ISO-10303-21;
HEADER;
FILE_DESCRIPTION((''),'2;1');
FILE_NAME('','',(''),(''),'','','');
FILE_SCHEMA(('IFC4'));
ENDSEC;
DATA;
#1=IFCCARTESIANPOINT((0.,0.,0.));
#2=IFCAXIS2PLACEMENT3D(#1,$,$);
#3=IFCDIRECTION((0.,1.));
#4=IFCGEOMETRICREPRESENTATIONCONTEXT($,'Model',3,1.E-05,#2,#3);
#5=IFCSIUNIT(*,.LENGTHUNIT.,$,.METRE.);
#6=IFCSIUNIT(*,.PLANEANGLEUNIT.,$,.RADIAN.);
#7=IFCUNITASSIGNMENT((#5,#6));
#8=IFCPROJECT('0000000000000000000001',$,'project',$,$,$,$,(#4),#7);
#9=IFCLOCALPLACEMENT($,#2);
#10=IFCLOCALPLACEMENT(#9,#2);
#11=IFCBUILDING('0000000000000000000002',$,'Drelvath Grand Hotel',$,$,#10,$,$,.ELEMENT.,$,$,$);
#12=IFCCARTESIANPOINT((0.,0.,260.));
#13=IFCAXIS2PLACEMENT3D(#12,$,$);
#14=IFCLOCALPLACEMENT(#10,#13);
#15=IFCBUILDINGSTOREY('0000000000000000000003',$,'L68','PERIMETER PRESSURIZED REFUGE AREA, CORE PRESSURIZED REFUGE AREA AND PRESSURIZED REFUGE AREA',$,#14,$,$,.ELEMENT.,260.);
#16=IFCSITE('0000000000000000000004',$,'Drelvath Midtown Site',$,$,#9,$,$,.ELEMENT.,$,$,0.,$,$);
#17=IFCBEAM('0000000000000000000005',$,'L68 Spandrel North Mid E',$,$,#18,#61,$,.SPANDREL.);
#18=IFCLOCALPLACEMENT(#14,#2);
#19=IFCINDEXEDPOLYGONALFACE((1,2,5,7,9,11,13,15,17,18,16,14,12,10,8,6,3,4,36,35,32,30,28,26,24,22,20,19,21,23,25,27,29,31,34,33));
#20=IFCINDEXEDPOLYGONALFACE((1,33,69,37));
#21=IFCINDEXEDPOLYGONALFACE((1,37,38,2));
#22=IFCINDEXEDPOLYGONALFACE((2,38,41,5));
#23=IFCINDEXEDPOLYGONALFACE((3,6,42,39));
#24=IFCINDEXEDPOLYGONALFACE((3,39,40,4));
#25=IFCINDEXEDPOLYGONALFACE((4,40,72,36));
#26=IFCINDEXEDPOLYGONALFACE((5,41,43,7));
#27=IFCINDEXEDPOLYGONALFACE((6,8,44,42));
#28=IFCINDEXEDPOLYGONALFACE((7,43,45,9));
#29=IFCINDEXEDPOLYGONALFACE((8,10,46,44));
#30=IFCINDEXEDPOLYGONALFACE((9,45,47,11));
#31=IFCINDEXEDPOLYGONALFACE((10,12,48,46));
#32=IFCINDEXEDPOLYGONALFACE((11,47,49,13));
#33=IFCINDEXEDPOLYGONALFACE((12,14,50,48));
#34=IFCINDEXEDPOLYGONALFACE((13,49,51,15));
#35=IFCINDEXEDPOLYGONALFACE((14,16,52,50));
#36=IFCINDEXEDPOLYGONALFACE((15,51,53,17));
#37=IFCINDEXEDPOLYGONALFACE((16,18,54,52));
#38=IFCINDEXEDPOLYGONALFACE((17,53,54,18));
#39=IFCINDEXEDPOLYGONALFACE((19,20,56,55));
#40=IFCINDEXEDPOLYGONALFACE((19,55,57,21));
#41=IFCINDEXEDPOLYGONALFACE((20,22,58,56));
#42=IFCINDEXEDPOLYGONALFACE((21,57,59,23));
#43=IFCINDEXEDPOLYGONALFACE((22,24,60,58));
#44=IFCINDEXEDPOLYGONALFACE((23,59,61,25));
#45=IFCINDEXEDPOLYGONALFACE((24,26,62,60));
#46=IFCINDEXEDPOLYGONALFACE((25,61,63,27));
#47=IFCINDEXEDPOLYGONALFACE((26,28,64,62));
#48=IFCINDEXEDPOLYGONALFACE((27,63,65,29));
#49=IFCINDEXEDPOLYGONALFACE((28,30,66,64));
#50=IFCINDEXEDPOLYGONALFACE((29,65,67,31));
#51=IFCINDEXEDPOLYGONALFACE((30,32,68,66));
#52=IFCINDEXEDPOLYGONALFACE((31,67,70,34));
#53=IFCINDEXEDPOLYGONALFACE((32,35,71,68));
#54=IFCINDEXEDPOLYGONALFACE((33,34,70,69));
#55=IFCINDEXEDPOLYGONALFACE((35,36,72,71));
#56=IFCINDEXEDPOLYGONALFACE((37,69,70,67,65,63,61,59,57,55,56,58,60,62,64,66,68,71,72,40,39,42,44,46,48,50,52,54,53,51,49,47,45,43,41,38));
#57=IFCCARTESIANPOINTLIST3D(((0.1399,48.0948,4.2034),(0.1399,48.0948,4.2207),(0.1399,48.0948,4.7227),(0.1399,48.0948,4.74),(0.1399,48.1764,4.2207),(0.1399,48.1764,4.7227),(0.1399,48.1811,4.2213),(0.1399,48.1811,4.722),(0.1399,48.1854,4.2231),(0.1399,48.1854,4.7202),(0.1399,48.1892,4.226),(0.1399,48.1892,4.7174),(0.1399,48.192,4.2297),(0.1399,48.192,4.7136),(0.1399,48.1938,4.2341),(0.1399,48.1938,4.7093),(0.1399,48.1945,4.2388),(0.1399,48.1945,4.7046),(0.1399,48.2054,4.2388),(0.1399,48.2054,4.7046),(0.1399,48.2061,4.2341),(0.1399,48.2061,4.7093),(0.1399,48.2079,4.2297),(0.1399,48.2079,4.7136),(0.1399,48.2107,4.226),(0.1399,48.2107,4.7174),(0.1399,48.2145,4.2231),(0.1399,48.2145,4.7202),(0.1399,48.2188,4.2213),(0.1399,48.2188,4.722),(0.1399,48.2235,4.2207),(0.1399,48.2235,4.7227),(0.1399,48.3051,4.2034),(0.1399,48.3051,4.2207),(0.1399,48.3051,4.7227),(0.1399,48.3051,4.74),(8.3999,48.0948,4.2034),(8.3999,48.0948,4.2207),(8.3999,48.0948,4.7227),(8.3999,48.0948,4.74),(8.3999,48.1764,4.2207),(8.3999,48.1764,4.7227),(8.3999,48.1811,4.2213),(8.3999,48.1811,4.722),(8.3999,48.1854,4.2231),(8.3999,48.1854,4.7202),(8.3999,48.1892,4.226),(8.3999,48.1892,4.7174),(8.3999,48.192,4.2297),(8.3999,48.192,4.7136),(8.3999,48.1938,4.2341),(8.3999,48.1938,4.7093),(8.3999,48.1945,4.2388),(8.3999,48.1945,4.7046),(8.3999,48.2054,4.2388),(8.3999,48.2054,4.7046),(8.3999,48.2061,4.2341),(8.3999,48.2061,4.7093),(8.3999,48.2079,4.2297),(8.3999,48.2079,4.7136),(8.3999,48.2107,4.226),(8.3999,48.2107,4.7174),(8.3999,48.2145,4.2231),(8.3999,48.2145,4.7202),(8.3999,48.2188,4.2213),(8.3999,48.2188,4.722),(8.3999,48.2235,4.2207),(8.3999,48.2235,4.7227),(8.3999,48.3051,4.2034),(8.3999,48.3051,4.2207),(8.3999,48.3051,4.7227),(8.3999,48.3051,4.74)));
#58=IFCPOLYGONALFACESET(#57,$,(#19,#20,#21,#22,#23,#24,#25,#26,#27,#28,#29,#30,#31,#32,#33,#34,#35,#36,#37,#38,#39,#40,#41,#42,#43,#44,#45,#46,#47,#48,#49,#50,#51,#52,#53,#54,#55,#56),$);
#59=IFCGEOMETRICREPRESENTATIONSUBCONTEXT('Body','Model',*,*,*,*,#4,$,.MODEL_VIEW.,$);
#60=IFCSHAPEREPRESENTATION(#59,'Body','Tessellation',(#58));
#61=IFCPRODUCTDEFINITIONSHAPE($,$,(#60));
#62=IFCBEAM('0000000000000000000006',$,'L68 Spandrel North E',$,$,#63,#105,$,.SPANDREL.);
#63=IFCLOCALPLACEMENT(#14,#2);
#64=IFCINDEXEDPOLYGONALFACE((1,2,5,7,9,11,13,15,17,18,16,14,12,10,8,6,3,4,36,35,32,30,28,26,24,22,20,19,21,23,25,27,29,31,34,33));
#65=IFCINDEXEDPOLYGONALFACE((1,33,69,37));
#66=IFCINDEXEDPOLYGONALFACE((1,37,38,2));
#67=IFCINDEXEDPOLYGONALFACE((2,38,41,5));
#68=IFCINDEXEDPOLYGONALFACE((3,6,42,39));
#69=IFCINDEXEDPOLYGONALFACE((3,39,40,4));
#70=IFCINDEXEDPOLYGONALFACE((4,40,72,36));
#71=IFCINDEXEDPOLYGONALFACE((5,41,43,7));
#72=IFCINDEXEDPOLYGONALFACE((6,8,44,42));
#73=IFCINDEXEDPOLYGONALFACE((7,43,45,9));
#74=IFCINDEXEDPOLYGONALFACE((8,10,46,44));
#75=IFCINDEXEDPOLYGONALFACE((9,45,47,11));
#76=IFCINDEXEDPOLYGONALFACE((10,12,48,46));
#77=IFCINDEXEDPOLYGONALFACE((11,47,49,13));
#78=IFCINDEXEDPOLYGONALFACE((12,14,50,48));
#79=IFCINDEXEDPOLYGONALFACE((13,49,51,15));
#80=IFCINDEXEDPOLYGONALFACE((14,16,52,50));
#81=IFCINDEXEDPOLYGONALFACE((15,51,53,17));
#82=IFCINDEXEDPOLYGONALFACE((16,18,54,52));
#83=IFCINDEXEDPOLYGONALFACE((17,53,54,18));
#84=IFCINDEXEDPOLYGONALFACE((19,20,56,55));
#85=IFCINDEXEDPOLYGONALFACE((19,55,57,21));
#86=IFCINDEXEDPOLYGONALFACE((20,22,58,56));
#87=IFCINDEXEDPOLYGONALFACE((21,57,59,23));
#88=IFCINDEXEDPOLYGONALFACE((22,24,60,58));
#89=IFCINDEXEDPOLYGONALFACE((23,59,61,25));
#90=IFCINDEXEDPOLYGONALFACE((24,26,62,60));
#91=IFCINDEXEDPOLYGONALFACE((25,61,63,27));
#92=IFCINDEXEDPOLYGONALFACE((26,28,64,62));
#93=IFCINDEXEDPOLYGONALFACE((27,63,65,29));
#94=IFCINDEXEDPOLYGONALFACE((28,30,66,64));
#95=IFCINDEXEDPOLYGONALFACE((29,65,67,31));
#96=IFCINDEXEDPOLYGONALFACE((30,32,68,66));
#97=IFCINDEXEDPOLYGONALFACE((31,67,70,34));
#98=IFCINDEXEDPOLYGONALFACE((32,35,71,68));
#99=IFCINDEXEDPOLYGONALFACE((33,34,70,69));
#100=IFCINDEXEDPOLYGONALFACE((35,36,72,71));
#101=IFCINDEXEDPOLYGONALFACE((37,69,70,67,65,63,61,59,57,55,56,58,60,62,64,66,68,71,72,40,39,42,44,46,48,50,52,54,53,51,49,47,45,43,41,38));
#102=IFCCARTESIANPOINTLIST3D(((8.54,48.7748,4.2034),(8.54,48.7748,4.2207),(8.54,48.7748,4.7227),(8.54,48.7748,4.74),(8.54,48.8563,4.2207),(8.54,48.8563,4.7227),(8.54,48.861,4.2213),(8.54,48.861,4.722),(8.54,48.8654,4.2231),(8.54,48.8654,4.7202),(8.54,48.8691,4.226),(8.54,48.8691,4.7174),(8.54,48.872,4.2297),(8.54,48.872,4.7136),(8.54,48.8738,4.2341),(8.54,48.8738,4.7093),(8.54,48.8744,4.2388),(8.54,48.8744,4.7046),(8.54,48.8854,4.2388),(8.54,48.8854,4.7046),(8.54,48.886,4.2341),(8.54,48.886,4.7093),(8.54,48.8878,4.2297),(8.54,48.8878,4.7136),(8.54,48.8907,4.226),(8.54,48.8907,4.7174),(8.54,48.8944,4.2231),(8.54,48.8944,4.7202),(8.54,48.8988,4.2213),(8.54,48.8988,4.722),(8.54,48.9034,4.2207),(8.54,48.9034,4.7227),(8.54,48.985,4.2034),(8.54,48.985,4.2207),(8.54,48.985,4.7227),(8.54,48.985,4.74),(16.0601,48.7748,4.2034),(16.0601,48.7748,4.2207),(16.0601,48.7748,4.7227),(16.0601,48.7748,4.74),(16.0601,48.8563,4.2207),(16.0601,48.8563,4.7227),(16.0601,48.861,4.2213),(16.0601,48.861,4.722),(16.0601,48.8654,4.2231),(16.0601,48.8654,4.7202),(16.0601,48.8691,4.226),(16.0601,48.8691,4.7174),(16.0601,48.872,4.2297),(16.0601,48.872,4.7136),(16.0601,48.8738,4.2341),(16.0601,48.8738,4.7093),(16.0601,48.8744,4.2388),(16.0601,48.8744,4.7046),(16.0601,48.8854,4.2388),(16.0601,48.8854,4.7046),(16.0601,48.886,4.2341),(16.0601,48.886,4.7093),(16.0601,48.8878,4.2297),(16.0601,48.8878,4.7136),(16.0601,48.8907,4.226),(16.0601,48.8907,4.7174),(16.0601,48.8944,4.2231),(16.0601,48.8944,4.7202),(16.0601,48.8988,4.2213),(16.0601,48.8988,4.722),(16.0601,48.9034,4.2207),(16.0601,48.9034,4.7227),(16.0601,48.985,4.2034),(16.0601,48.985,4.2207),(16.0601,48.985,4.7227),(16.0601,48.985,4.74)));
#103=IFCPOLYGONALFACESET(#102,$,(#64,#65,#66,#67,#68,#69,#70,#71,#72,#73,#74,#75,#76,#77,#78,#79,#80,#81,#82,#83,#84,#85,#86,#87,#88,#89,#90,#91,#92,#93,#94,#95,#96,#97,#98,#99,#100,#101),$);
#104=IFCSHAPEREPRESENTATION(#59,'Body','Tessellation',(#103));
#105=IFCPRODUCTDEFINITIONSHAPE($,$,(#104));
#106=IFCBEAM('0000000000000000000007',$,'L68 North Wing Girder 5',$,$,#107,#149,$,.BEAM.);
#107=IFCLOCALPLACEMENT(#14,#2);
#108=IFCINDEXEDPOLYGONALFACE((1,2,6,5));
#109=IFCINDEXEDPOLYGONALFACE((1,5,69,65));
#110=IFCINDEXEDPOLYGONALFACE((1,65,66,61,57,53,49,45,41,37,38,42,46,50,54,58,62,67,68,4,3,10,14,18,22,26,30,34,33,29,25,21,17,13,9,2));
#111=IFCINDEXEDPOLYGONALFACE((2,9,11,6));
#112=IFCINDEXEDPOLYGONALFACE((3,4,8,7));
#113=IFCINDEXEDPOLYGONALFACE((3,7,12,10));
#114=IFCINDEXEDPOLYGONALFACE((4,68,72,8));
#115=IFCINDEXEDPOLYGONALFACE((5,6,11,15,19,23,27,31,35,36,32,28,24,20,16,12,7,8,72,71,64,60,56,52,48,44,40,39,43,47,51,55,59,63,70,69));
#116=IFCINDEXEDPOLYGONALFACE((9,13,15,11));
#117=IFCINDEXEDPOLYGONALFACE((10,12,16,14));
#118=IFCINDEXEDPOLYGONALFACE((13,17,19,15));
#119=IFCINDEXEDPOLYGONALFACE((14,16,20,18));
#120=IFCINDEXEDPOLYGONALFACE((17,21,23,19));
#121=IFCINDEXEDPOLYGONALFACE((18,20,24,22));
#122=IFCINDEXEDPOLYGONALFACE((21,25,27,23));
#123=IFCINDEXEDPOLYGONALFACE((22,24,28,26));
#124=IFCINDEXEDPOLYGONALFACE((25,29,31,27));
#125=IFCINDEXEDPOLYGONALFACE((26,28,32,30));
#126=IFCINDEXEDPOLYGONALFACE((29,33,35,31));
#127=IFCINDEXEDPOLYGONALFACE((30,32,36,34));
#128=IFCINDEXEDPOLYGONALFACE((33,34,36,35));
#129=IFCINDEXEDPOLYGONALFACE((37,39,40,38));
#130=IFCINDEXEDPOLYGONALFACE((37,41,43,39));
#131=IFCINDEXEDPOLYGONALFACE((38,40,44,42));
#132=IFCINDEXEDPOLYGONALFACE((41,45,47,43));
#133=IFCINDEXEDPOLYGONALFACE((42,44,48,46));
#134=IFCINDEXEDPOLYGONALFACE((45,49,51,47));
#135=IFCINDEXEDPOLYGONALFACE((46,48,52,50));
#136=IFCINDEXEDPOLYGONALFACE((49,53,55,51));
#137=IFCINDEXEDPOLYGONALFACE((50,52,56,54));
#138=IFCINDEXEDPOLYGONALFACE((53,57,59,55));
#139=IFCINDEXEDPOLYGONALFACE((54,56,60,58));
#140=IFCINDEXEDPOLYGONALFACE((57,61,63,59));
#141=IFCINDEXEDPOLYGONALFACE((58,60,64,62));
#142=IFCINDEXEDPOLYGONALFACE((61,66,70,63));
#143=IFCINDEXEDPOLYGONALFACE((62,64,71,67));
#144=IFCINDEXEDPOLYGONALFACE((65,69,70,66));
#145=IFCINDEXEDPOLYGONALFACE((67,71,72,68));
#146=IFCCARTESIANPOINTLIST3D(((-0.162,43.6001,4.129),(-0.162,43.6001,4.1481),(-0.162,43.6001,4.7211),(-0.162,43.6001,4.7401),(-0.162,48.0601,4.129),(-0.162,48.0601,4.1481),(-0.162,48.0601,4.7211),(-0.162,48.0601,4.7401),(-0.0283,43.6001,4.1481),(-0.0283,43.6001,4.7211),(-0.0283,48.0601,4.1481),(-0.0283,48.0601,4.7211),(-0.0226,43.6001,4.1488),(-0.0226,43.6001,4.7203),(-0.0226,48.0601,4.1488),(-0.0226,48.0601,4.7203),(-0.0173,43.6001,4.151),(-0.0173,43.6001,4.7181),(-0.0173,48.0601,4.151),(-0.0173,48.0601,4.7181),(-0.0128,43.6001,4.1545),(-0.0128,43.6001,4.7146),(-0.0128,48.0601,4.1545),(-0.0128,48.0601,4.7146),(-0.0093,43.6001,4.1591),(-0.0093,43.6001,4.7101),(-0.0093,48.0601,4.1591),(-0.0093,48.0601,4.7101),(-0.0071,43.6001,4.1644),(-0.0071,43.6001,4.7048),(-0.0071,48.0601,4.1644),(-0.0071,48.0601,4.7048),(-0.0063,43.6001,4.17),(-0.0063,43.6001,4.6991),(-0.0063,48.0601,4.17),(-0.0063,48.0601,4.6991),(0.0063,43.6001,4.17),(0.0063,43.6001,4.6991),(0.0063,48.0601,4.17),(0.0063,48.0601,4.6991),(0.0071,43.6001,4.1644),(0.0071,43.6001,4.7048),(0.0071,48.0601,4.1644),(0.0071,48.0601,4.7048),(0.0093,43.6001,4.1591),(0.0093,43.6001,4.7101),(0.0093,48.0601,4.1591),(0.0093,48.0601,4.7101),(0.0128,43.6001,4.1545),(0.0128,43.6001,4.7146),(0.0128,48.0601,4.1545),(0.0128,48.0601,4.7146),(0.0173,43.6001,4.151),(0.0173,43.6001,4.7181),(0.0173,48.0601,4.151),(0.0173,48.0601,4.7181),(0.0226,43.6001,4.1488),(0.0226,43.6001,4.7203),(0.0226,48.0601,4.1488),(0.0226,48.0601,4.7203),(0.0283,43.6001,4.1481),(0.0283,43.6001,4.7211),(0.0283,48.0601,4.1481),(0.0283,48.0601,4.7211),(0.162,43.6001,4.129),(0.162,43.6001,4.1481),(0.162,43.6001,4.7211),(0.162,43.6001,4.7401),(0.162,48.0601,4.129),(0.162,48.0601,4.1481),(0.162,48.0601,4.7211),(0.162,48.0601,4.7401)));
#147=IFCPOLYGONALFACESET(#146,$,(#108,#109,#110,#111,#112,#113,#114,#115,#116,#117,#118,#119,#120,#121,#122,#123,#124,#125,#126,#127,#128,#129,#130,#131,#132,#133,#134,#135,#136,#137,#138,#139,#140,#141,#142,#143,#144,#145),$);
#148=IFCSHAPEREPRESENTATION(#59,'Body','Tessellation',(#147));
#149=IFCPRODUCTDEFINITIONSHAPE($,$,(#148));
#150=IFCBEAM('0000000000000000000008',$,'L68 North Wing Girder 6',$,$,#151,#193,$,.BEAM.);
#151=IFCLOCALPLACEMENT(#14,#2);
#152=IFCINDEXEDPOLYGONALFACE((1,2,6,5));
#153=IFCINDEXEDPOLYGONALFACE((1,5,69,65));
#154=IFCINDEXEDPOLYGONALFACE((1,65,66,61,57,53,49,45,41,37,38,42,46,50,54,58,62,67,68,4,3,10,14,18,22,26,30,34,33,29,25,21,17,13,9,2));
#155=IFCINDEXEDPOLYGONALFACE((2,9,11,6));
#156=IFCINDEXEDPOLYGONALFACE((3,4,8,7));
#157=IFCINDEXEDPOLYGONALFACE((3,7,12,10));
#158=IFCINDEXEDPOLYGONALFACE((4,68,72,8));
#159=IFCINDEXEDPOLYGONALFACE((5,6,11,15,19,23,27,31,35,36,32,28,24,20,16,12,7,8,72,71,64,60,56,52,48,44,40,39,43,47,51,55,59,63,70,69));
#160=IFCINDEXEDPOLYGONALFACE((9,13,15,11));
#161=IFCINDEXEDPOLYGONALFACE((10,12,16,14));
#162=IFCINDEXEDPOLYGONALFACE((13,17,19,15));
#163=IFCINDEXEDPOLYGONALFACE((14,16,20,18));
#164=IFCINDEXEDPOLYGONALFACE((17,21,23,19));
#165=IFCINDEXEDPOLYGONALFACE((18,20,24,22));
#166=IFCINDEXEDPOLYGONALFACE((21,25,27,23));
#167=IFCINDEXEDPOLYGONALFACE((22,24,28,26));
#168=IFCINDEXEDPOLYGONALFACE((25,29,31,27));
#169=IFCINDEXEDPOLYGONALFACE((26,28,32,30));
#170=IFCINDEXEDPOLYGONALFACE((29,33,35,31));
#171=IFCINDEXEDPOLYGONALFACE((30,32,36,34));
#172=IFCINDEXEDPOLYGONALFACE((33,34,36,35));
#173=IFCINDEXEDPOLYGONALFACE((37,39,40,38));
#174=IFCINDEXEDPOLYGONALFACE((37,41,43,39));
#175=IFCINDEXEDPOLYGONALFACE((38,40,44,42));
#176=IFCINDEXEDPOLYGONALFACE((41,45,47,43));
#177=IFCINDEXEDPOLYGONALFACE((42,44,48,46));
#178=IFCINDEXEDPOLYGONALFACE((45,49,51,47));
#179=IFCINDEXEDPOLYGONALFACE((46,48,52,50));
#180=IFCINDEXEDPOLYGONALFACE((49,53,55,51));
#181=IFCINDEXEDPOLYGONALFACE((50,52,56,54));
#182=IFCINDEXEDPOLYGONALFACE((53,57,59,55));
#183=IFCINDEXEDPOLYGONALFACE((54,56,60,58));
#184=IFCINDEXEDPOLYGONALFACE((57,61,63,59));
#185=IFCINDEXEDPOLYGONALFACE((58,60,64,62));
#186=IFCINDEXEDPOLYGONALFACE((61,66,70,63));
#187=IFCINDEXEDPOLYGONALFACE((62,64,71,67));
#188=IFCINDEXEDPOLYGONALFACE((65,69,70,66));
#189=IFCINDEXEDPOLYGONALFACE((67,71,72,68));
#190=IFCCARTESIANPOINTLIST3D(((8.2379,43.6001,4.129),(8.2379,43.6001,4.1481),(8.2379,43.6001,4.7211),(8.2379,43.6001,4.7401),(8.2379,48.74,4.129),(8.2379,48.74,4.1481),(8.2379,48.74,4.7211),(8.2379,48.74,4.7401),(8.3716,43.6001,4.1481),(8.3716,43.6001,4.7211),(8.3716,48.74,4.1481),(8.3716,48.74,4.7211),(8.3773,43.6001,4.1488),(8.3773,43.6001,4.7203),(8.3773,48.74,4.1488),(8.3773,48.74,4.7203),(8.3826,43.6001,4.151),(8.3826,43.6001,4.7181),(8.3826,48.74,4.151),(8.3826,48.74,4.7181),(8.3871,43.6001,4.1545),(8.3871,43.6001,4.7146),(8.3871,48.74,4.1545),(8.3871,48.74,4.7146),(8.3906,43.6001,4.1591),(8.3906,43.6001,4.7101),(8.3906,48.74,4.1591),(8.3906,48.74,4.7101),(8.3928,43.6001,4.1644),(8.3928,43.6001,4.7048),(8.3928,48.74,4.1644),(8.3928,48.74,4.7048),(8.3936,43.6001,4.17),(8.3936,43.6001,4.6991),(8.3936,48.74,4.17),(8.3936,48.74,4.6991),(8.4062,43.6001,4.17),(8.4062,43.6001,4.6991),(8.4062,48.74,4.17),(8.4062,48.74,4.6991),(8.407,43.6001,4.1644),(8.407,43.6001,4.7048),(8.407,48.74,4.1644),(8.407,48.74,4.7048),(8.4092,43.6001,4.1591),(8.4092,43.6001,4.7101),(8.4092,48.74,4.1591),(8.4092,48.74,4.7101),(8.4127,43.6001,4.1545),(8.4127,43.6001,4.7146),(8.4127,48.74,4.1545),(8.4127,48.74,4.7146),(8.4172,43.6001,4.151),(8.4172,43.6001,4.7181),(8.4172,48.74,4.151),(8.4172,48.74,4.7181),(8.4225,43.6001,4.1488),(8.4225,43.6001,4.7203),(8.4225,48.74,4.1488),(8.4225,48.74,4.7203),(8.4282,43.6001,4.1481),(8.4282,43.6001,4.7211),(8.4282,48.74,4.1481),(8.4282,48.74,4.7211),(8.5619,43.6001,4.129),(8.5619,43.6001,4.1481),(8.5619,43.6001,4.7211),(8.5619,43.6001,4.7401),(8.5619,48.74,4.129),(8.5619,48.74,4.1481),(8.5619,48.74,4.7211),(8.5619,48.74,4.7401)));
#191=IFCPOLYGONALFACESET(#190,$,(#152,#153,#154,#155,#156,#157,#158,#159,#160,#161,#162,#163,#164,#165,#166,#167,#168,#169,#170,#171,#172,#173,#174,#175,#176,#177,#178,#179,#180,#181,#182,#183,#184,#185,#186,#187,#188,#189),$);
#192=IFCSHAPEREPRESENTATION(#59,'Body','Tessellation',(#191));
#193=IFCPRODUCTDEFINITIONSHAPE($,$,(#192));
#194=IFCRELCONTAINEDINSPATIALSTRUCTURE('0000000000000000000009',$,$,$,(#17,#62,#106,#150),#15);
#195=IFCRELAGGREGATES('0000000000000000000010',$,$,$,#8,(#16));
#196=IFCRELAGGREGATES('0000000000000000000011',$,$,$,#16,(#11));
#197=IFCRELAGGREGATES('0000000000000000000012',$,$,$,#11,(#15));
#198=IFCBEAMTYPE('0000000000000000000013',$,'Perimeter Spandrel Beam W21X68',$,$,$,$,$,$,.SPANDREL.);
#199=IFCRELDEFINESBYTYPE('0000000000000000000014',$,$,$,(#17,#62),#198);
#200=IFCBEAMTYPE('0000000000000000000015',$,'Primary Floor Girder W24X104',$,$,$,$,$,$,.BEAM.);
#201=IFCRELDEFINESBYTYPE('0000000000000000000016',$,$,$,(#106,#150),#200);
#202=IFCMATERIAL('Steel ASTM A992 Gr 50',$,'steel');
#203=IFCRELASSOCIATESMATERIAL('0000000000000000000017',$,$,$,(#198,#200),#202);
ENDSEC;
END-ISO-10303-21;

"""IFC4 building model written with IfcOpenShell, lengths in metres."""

from ifc_helpers import new_model, si_unit, direction, frame, origin, origin_2d, place, context, subcontext, project, spatial, i_section, extrude, material, material_profile, profile_set, type_object, element, save


model = new_model("IFC4")

# Units and contexts
model_context = context("Model", 3, precision=1e-05, world=origin(), true_north=direction((0.0, 1.0)))
body_context = subcontext(model_context, "Body", "Model", "MODEL_VIEW")
ifc_project = project(units=[si_unit("LENGTHUNIT", "METRE"), si_unit("PLANEANGLEUNIT", "RADIAN")], contexts=[model_context])

# Site, building, storey
site_placement = place(None, origin())
site = spatial("IfcSite", under=ifc_project, at=site_placement, Name="Drelvath Midtown Site", CompositionType="ELEMENT", RefElevation=0.0)
building_placement = place(site_placement, origin())
building = spatial("IfcBuilding", under=site, at=building_placement, Name="Drelvath Grand Hotel", CompositionType="ELEMENT")
storey_placement = place(building_placement, frame((0.0, 0.0, 260.0)))
storey = spatial("IfcBuildingStorey", under=building, at=storey_placement, Name="L68", Description="PERIMETER PRESSURIZED REFUGE AREA, CORE PRESSURIZED REFUGE AREA AND PRESSURIZED REFUGE AREA", CompositionType="ELEMENT", Elevation=260.0)

# Beams
ifc_material_1 = material(Name="Steel ASTM A992 Gr 50", Category="steel")
ifc_material_profile_1 = material_profile(ifc_material_1, i_section(OverallWidth=0.2102, OverallDepth=0.5366, WebThickness=0.011, FlangeThickness=0.0173, FilletRadius=0.0181, at=origin_2d()), Name="W21X68")
ifc_profile_set_1 = profile_set([ifc_material_profile_1], Name="Steel ASTM A992 Gr 50")
beam_type_1 = type_object("IfcBeamType", Name="Perimeter Spandrel Beam W21X68", PredefinedType="SPANDREL", material=ifc_profile_set_1)
beam_1_placement = place(storey_placement, frame((0.1399, 48.2, 4.4717), z_axis=(1.0, 0.0, 0.0), x_axis=(0.0, 1.0, 0.0)))
element("IfcBeam", 1, at=beam_1_placement, inside=storey, type_object=beam_type_1, Name="L68 Spandrel North Mid E", PredefinedType="SPANDREL", context=body_context, shape_type="SweptSolid", body=[
    extrude(i_section(OverallWidth=0.2102, OverallDepth=0.5366, WebThickness=0.011, FlangeThickness=0.0173, FilletRadius=0.0181, at=origin_2d()), origin(), (0.0, 0.0, 1.0), 8.26),
])
beam_2_placement = place(storey_placement, frame((8.54, 48.8799, 4.4717), z_axis=(1.0, 0.0, 0.0), x_axis=(0.0, 1.0, 0.0)))
element("IfcBeam", 2, at=beam_2_placement, inside=storey, type_object=beam_type_1, Name="L68 Spandrel North E", PredefinedType="SPANDREL", context=body_context, shape_type="SweptSolid", body=[
    extrude(i_section(OverallWidth=0.2102, OverallDepth=0.5366, WebThickness=0.011, FlangeThickness=0.0173, FilletRadius=0.0181, at=origin_2d()), origin(), (0.0, 0.0, 1.0), 7.52),
])
ifc_material_profile_2 = material_profile(ifc_material_1, i_section(OverallWidth=0.324, OverallDepth=0.6111, WebThickness=0.0127, FlangeThickness=0.019, FilletRadius=0.022, at=origin_2d()), Name="W24X104")
ifc_profile_set_2 = profile_set([ifc_material_profile_2], Name="Steel ASTM A992 Gr 50")
beam_type_2 = type_object("IfcBeamType", Name="Primary Floor Girder W24X104", PredefinedType="BEAM", material=ifc_profile_set_2)
beam_3_placement = place(storey_placement, frame((0.0, 43.6001, 4.4346), z_axis=(0.0, 1.0, 0.0), x_axis=(-1.0, 0.0, 0.0)))
element("IfcBeam", 3, at=beam_3_placement, inside=storey, type_object=beam_type_2, Name="L68 North Wing Girder 5", PredefinedType="BEAM", context=body_context, shape_type="SweptSolid", body=[
    extrude(i_section(OverallWidth=0.324, OverallDepth=0.6111, WebThickness=0.0127, FlangeThickness=0.019, FilletRadius=0.022, at=origin_2d()), origin(), (0.0, 0.0, 1.0), 4.46),
])
beam_4_placement = place(storey_placement, frame((8.3999, 43.6001, 4.4346), z_axis=(0.0, 1.0, 0.0), x_axis=(-1.0, 0.0, 0.0)))
element("IfcBeam", 4, at=beam_4_placement, inside=storey, type_object=beam_type_2, Name="L68 North Wing Girder 6", PredefinedType="BEAM", context=body_context, shape_type="SweptSolid", body=[
    extrude(i_section(OverallWidth=0.324, OverallDepth=0.6111, WebThickness=0.0127, FlangeThickness=0.019, FilletRadius=0.022, at=origin_2d()), origin(), (0.0, 0.0, 1.0), 5.1399),
])

save(model, "model.ifc")
